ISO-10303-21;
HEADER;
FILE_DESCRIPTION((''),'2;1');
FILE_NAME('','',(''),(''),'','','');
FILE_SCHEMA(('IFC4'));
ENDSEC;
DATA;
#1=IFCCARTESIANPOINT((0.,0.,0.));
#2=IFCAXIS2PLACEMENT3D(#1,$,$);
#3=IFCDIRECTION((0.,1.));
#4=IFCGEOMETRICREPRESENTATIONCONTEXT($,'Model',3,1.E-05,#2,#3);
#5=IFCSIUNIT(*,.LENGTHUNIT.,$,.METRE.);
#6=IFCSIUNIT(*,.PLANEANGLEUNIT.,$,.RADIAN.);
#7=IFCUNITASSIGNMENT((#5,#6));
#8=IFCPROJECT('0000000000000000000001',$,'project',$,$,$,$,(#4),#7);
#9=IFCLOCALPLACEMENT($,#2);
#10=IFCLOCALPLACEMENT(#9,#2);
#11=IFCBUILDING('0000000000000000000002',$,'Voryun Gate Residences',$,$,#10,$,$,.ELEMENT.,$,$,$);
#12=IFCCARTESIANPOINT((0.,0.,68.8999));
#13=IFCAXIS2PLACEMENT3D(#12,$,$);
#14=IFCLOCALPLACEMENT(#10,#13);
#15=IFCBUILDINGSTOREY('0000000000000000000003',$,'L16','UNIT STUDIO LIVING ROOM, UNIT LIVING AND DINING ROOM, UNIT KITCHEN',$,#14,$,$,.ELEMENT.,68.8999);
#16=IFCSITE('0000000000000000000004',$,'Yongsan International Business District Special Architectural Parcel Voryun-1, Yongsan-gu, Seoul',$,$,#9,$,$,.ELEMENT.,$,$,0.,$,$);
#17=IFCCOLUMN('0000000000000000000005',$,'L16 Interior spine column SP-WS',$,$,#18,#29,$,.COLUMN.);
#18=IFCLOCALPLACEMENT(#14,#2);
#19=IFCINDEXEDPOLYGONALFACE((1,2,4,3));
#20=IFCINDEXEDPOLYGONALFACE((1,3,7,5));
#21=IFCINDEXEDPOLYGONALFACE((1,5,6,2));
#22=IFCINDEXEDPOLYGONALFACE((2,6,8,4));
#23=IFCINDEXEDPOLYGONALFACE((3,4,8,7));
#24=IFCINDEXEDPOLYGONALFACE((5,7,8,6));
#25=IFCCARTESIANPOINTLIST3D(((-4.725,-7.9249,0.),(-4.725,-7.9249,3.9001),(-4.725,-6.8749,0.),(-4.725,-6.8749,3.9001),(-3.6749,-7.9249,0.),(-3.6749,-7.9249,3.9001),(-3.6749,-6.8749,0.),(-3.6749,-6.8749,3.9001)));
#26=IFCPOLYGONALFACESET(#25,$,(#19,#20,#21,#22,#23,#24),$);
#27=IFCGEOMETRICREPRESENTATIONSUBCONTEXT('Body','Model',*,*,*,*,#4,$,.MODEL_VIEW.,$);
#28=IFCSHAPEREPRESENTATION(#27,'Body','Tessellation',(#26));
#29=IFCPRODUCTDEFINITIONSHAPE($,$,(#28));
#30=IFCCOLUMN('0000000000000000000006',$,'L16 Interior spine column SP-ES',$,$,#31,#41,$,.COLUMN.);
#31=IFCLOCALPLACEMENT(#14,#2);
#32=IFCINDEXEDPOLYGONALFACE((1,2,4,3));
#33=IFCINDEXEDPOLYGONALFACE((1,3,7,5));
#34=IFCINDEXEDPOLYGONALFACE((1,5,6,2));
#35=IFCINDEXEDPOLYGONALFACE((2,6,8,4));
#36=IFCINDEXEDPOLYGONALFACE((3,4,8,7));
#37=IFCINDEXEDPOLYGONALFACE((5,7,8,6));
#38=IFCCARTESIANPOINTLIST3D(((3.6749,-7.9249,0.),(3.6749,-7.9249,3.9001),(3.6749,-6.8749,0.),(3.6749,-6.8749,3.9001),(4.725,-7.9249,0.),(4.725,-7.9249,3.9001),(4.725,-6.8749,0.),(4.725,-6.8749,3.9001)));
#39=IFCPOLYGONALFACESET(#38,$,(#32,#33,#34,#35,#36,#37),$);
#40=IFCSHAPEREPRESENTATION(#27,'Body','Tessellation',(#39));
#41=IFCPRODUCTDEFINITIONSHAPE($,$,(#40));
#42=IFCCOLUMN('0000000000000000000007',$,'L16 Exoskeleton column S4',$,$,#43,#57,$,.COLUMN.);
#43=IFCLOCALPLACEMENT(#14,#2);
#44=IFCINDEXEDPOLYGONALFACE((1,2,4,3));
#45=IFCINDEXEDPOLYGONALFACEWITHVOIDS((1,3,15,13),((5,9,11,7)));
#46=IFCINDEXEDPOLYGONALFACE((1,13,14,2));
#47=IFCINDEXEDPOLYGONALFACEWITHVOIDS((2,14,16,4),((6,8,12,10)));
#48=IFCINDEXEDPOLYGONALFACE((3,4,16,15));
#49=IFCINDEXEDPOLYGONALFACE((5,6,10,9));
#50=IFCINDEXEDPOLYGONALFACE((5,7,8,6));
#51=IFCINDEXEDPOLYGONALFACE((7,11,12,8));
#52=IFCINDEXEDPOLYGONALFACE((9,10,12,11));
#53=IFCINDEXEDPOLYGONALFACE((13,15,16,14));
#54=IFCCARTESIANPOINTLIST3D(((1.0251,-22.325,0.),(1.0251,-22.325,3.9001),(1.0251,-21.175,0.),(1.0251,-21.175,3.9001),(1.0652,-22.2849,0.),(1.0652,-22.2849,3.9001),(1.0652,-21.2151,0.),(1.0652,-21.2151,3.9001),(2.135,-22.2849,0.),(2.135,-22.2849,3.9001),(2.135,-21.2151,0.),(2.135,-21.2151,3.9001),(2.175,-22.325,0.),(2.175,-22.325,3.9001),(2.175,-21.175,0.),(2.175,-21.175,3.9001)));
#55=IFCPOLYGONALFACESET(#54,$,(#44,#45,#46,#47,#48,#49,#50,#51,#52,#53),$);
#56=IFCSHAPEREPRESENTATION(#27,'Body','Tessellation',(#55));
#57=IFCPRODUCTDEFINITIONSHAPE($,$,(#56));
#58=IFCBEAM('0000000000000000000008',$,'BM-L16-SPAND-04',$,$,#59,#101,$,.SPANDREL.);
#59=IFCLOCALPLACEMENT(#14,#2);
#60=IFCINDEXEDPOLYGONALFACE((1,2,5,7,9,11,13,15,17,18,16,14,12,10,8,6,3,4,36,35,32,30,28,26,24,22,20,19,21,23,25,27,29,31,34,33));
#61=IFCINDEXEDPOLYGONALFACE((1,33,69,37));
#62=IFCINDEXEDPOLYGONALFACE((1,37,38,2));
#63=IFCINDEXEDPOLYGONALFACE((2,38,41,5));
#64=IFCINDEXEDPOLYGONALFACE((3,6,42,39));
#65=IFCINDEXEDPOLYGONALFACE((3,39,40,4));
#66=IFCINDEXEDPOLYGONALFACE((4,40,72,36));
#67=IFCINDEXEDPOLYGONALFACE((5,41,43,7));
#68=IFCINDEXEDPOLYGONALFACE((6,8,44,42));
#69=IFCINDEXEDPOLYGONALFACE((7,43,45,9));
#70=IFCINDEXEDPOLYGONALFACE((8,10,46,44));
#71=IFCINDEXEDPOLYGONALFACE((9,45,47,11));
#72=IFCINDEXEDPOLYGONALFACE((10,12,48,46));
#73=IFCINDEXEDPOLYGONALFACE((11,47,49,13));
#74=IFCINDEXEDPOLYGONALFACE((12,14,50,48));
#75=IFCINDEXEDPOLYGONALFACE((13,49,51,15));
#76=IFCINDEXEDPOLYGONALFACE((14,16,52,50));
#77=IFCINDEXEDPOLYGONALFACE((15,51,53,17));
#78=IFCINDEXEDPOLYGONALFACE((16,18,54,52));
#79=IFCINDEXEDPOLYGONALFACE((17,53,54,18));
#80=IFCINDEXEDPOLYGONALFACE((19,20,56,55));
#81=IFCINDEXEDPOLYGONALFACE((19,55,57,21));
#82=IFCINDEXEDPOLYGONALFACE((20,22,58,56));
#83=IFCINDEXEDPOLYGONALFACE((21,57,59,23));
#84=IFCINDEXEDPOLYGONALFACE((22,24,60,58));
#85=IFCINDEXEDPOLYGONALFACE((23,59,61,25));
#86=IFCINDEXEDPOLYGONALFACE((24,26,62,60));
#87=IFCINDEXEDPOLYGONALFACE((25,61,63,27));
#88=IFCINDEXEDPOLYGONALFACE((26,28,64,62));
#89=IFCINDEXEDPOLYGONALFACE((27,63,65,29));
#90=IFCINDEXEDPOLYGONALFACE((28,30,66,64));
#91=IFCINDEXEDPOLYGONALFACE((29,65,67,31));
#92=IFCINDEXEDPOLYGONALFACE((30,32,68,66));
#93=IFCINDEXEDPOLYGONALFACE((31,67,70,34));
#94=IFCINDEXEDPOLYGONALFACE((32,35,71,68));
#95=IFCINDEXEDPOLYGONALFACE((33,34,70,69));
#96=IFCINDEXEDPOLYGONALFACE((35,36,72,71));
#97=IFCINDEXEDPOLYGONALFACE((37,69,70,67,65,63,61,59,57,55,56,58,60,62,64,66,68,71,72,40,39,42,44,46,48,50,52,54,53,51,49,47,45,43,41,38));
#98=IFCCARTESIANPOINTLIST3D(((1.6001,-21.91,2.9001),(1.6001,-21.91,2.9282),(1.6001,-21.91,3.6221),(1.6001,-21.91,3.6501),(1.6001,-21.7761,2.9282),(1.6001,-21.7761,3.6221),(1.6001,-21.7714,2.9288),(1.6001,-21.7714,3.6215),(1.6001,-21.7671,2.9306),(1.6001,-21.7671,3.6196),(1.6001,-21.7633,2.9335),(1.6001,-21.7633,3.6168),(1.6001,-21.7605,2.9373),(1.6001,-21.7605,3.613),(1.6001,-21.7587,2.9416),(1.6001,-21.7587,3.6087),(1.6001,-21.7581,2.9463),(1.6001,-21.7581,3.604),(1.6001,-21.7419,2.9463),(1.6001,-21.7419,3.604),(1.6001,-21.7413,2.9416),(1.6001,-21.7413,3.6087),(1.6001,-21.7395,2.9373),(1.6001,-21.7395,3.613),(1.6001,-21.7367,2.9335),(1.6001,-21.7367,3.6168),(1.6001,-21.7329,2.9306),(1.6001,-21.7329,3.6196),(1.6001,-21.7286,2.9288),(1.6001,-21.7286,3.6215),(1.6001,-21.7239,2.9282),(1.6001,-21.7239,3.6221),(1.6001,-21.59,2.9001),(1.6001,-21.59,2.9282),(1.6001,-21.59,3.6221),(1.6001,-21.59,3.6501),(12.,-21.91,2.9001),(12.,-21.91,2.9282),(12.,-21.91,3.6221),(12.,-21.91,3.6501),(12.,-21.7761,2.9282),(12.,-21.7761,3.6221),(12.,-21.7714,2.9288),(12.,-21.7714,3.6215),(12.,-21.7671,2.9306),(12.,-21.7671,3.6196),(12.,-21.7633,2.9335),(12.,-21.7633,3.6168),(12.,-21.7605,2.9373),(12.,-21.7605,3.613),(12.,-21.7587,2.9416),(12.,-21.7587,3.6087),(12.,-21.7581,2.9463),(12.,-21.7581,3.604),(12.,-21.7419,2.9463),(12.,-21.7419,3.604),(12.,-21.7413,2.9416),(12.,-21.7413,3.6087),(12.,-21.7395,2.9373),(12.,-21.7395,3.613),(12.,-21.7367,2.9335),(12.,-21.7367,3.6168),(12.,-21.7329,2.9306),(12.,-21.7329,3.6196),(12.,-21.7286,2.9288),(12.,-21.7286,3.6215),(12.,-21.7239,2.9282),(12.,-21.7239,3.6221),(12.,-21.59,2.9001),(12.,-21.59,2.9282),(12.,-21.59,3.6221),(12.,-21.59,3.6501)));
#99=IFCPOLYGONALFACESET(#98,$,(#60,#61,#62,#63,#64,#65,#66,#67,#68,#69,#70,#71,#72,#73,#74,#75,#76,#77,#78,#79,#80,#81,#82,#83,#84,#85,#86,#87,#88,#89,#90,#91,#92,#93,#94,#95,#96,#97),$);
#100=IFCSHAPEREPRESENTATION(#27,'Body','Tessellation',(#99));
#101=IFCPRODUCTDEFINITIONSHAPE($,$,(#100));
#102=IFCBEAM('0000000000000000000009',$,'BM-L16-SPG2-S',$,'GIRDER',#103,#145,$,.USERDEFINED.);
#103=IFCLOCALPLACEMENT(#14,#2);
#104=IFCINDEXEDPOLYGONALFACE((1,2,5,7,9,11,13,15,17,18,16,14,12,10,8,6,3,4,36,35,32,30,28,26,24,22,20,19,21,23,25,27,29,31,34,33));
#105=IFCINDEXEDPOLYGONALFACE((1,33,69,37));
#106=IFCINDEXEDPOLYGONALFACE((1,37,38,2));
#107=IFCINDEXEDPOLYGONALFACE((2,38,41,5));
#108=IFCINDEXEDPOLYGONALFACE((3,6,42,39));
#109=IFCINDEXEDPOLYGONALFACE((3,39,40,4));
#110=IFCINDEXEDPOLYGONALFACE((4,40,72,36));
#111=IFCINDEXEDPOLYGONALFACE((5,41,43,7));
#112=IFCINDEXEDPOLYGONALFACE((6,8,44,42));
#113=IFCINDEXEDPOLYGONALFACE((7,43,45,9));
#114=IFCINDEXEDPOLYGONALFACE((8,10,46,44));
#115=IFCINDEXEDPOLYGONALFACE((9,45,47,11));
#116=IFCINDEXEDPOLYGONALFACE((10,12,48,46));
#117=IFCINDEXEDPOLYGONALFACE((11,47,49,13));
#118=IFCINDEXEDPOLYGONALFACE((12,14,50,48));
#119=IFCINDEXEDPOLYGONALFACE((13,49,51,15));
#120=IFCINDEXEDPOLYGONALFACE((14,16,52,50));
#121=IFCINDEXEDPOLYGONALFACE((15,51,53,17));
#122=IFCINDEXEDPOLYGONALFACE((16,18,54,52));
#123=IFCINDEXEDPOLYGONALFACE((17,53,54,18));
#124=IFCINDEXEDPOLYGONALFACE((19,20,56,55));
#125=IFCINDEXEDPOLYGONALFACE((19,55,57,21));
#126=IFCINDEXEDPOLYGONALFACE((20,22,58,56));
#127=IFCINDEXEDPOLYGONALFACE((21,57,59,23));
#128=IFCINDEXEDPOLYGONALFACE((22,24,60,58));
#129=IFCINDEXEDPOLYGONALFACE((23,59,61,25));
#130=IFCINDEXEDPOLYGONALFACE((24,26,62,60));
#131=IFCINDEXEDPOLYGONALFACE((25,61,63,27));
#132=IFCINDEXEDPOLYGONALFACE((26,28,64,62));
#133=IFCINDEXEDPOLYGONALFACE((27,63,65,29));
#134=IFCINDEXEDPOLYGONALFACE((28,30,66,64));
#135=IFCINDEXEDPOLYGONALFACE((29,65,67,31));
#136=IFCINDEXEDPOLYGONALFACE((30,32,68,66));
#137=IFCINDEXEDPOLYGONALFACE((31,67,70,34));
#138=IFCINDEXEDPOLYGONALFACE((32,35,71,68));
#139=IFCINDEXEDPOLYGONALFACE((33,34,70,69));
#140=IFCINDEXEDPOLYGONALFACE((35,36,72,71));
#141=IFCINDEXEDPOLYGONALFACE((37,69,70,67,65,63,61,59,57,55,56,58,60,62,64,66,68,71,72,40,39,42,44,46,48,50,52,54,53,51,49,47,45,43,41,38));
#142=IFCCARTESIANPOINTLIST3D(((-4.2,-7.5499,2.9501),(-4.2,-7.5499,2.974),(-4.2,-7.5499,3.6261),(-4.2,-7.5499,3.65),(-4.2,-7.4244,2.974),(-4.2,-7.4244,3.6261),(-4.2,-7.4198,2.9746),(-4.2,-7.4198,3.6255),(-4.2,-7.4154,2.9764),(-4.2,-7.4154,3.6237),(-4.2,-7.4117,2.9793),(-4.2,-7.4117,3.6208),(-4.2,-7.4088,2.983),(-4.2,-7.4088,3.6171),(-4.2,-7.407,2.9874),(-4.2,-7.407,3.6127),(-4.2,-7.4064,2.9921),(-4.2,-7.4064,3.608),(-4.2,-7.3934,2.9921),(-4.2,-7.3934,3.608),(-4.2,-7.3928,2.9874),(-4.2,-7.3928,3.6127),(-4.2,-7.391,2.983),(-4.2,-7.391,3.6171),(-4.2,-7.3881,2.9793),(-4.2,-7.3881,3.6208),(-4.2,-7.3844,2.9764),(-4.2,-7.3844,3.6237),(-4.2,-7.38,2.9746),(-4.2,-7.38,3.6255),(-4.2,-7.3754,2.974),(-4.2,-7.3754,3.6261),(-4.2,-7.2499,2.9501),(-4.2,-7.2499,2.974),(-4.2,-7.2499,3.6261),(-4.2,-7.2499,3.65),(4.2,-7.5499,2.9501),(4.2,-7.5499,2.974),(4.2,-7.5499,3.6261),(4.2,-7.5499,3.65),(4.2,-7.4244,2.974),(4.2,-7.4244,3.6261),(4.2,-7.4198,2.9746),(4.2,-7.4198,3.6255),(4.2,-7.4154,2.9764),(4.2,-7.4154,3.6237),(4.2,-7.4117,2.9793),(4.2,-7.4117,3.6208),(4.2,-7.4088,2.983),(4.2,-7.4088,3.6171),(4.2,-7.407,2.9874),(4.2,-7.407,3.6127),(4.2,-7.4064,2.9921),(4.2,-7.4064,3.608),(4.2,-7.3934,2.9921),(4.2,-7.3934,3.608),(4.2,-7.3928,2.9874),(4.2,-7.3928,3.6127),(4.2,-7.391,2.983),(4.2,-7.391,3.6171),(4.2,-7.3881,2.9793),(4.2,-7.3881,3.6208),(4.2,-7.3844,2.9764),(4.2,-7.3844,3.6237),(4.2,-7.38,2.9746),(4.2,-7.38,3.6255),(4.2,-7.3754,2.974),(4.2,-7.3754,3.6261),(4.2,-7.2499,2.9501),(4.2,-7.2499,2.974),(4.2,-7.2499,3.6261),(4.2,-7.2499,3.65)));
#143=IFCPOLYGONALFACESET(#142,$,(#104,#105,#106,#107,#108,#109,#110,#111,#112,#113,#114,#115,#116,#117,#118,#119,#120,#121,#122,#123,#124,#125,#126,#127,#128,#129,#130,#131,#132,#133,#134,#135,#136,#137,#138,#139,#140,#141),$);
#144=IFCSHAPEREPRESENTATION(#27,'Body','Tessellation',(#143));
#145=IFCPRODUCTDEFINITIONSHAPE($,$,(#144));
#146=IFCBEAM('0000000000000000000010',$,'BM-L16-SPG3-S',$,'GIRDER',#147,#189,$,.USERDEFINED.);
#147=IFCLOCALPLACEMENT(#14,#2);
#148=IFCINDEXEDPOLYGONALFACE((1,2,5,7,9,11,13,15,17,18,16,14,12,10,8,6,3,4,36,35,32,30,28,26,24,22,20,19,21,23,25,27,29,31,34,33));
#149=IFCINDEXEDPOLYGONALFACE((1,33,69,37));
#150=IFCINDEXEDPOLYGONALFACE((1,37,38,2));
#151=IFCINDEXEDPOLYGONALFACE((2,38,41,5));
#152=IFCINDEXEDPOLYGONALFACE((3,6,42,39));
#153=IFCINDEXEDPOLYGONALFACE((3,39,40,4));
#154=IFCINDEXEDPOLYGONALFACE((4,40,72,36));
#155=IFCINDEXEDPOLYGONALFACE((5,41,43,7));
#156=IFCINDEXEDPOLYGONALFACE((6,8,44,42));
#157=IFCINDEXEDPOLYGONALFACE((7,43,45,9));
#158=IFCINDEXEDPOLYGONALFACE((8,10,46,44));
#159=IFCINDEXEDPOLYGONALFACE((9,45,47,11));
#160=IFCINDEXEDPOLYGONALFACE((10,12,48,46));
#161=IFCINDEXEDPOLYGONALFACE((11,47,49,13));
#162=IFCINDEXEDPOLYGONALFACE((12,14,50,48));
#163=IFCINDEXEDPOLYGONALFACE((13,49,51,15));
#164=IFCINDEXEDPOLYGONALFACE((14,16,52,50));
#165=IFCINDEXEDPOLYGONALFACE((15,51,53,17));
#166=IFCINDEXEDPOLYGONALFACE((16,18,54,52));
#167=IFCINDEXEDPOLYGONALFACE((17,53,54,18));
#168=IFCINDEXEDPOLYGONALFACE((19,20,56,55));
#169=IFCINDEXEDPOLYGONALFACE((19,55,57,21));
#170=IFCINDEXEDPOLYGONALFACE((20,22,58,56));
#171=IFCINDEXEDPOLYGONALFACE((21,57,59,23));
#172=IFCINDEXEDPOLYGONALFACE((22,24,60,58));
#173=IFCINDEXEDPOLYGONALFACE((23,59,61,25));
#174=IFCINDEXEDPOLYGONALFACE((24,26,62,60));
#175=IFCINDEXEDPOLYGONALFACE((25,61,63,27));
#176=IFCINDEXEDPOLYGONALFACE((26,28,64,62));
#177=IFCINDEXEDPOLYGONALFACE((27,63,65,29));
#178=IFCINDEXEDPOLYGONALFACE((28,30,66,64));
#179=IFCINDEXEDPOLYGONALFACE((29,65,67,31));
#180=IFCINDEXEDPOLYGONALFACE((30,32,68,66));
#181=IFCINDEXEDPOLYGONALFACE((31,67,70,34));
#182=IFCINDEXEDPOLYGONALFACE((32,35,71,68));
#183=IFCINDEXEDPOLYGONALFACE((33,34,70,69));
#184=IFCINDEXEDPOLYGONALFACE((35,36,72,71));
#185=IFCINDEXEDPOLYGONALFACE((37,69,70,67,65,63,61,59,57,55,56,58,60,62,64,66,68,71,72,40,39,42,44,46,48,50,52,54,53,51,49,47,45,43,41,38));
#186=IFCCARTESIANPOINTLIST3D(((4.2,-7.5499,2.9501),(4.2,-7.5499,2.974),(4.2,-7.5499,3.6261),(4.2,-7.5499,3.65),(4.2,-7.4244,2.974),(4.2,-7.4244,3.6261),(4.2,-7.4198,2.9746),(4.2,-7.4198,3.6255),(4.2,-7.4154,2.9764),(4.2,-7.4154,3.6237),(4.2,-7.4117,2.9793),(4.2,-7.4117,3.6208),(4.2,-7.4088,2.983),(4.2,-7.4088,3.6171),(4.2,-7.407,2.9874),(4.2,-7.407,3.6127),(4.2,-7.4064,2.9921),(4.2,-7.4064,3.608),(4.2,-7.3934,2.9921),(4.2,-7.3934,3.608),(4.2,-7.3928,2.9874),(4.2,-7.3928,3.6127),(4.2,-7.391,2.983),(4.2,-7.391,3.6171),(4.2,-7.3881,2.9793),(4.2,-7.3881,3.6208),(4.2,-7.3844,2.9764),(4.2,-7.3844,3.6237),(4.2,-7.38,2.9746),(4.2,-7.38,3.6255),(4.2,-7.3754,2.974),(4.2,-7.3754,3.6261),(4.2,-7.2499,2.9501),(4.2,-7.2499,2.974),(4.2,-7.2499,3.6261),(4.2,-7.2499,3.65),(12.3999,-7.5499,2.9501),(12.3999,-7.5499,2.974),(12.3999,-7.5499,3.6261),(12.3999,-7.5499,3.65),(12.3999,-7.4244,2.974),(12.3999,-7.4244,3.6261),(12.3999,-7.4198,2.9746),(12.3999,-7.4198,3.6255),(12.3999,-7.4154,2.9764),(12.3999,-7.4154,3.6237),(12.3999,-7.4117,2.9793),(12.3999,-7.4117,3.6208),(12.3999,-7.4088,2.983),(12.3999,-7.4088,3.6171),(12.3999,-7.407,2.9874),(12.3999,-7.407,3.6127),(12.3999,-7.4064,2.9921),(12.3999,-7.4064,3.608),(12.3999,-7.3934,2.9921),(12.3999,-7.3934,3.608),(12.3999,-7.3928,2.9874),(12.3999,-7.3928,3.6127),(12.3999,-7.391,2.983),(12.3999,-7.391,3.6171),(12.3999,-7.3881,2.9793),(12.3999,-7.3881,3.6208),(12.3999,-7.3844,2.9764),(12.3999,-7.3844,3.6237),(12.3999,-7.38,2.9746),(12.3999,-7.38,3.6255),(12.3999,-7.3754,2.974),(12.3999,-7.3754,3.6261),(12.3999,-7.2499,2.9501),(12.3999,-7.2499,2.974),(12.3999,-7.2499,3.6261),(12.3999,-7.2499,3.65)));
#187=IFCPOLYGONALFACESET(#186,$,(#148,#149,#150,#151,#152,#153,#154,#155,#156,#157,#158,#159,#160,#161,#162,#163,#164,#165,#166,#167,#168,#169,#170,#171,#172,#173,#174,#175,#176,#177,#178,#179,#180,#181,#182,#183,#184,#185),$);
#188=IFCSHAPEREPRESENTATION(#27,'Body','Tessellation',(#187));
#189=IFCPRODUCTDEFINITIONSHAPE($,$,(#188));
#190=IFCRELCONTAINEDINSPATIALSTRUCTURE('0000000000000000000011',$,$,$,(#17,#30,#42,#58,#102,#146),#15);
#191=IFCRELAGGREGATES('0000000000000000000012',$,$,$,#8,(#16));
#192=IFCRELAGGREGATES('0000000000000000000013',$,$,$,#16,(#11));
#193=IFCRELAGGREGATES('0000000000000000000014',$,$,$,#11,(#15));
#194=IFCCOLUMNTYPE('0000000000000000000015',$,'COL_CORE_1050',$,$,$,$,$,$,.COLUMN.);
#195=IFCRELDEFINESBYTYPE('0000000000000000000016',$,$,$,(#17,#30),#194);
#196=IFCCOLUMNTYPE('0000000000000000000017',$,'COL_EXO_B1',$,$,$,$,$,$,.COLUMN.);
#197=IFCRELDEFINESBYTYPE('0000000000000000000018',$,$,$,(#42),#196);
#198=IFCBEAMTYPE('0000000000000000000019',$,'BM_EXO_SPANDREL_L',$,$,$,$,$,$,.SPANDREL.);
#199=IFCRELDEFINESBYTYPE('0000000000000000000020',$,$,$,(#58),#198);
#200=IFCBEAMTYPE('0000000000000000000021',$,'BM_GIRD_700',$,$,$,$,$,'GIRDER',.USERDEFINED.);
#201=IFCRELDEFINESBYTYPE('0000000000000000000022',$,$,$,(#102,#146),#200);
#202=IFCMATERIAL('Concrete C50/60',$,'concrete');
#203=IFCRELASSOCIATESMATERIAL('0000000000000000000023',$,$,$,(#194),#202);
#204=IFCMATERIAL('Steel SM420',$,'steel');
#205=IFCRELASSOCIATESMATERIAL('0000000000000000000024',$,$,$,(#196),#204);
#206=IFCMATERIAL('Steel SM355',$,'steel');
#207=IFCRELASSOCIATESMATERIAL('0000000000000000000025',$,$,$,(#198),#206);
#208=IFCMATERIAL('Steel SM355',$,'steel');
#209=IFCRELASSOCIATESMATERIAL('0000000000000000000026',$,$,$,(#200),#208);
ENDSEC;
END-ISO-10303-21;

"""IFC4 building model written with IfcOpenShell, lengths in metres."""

from ifc_helpers import new_model, si_unit, direction, frame, origin, origin_2d, place, context, subcontext, project, spatial, rectangle, hollow_rectangle, i_section, extrude, material, material_profile, profile_set, type_object, element, save


model = new_model("IFC4")

# Units and contexts
model_context = context("Model", 3, precision=1e-05, world=origin(), true_north=direction((0.0, 1.0)))
body_context = subcontext(model_context, "Body", "Model", "MODEL_VIEW")
ifc_project = project(units=[si_unit("LENGTHUNIT", "METRE"), si_unit("PLANEANGLEUNIT", "RADIAN")], contexts=[model_context])

# Site, building, storey
site_placement = place(None, origin())
site = spatial("IfcSite", under=ifc_project, at=site_placement, Name="Yongsan International Business District Special Architectural Parcel Voryun-1, Yongsan-gu, Seoul", CompositionType="ELEMENT", RefElevation=0.0)
building_placement = place(site_placement, origin())
building = spatial("IfcBuilding", under=site, at=building_placement, Name="Voryun Gate Residences", CompositionType="ELEMENT")
storey_placement = place(building_placement, frame((0.0, 0.0, 68.8999)))
storey = spatial("IfcBuildingStorey", under=building, at=storey_placement, Name="L16", Description="UNIT STUDIO LIVING ROOM, UNIT LIVING AND DINING ROOM, UNIT KITCHEN", CompositionType="ELEMENT", Elevation=68.8999)

# Columns
ifc_material_1 = material(Name="Concrete C50/60", Category="concrete")
ifc_material_profile_1 = material_profile(ifc_material_1, rectangle(XDim=1.05, YDim=1.05, at=origin_2d()), Name="RC-1050x1050")
ifc_profile_set_1 = profile_set([ifc_material_profile_1], Name="Concrete C50/60")
column_type_1 = type_object("IfcColumnType", Name="COL_CORE_1050", PredefinedType="COLUMN", material=ifc_profile_set_1)
for number, where, z_axis, x_axis, name in (
    (1, (-4.2, -7.3999, 0.0), (0.0, 0.0, 1.0), (1.0, 0.0, 0.0), "L16 Interior spine column SP-WS"),
    (2, (4.2, -7.3999, 0.0), (0.0, 0.0, 1.0), (1.0, 0.0, 0.0), "L16 Interior spine column SP-ES"),
):
    element("IfcColumn", number, at=place(storey_placement, frame(where, z_axis=z_axis, x_axis=x_axis)), inside=storey, type_object=column_type_1, Name=name, PredefinedType="COLUMN", context=body_context, shape_type="SweptSolid", body=[
        extrude(rectangle(XDim=1.05, YDim=1.05, at=origin_2d()), origin(), (0.0, 0.0, 1.0), 3.9001),
    ])
ifc_material_2 = material(Name="Steel SM420", Category="steel")
ifc_material_profile_2 = material_profile(ifc_material_2, hollow_rectangle(XDim=1.1499, YDim=1.1499, WallThickness=0.04, at=origin_2d()), Name="BOX-1150x1150x40")
ifc_profile_set_2 = profile_set([ifc_material_profile_2], Name="Steel SM420")
column_type_2 = type_object("IfcColumnType", Name="COL_EXO_B1", PredefinedType="COLUMN", material=ifc_profile_set_2)
column_placement = place(storey_placement, frame((1.6001, -21.75, 0.0), z_axis=(0.0, 0.0, 1.0), x_axis=(1.0, 0.0, 0.0)))
element("IfcColumn", 3, at=column_placement, inside=storey, type_object=column_type_2, Name="L16 Exoskeleton column S4", PredefinedType="COLUMN", context=body_context, shape_type="SweptSolid", body=[
    extrude(hollow_rectangle(XDim=1.1499, YDim=1.1499, WallThickness=0.04, at=origin_2d()), origin(), (0.0, 0.0, 1.0), 3.9001),
])

# Beams
ifc_material_3 = material(Name="Steel SM355", Category="steel")
ifc_material_profile_3 = material_profile(ifc_material_3, i_section(OverallWidth=0.3201, OverallDepth=0.75, WebThickness=0.0161, FlangeThickness=0.0281, FilletRadius=0.0181, at=origin_2d()), Name="H-750x320x16x28")
ifc_profile_set_3 = profile_set([ifc_material_profile_3], Name="Steel SM355")
beam_type_1 = type_object("IfcBeamType", Name="BM_EXO_SPANDREL_L", PredefinedType="SPANDREL", material=ifc_profile_set_3)
beam_1_placement = place(storey_placement, frame((1.6001, -21.75, 3.2751), z_axis=(1.0, 0.0, 0.0), x_axis=(0.0, 1.0, 0.0)))
element("IfcBeam", 4, at=beam_1_placement, inside=storey, type_object=beam_type_1, Name="BM-L16-SPAND-04", PredefinedType="SPANDREL", context=body_context, shape_type="SweptSolid", body=[
    extrude(i_section(OverallWidth=0.3201, OverallDepth=0.75, WebThickness=0.0161, FlangeThickness=0.0281, FilletRadius=0.0181, at=origin_2d()), origin(), (0.0, 0.0, 1.0), 10.3999),
])
ifc_material_4 = material(Name="Steel SM355", Category="steel")
ifc_material_profile_4 = material_profile(ifc_material_4, i_section(OverallWidth=0.3, OverallDepth=0.7, WebThickness=0.0129, FlangeThickness=0.0239, FilletRadius=0.0181, at=origin_2d()), Name="H-700x300x13x24")
ifc_profile_set_4 = profile_set([ifc_material_profile_4], Name="Steel SM355")
beam_type_2 = type_object("IfcBeamType", Name="BM_GIRD_700", ElementType="GIRDER", PredefinedType="USERDEFINED", material=ifc_profile_set_4)
beam_2_placement = place(storey_placement, frame((-4.2, -7.3999, 3.3), z_axis=(1.0, 0.0, 0.0), x_axis=(0.0, 1.0, 0.0)))
element("IfcBeam", 5, at=beam_2_placement, inside=storey, type_object=beam_type_2, Name="BM-L16-SPG2-S", ObjectType="GIRDER", PredefinedType="USERDEFINED", context=body_context, shape_type="SweptSolid", body=[
    extrude(i_section(OverallWidth=0.3, OverallDepth=0.7, WebThickness=0.0129, FlangeThickness=0.0239, FilletRadius=0.0181, at=origin_2d()), origin(), (0.0, 0.0, 1.0), 8.3999),
])
beam_3_placement = place(storey_placement, frame((4.2, -7.3999, 3.3), z_axis=(1.0, 0.0, 0.0), x_axis=(0.0, 1.0, 0.0)))
element("IfcBeam", 6, at=beam_3_placement, inside=storey, type_object=beam_type_2, Name="BM-L16-SPG3-S", ObjectType="GIRDER", PredefinedType="USERDEFINED", context=body_context, shape_type="SweptSolid", body=[
    extrude(i_section(OverallWidth=0.3, OverallDepth=0.7, WebThickness=0.0129, FlangeThickness=0.0239, FilletRadius=0.0181, at=origin_2d()), origin(), (0.0, 0.0, 1.0), 8.2),
])

save(model, "model.ifc")
